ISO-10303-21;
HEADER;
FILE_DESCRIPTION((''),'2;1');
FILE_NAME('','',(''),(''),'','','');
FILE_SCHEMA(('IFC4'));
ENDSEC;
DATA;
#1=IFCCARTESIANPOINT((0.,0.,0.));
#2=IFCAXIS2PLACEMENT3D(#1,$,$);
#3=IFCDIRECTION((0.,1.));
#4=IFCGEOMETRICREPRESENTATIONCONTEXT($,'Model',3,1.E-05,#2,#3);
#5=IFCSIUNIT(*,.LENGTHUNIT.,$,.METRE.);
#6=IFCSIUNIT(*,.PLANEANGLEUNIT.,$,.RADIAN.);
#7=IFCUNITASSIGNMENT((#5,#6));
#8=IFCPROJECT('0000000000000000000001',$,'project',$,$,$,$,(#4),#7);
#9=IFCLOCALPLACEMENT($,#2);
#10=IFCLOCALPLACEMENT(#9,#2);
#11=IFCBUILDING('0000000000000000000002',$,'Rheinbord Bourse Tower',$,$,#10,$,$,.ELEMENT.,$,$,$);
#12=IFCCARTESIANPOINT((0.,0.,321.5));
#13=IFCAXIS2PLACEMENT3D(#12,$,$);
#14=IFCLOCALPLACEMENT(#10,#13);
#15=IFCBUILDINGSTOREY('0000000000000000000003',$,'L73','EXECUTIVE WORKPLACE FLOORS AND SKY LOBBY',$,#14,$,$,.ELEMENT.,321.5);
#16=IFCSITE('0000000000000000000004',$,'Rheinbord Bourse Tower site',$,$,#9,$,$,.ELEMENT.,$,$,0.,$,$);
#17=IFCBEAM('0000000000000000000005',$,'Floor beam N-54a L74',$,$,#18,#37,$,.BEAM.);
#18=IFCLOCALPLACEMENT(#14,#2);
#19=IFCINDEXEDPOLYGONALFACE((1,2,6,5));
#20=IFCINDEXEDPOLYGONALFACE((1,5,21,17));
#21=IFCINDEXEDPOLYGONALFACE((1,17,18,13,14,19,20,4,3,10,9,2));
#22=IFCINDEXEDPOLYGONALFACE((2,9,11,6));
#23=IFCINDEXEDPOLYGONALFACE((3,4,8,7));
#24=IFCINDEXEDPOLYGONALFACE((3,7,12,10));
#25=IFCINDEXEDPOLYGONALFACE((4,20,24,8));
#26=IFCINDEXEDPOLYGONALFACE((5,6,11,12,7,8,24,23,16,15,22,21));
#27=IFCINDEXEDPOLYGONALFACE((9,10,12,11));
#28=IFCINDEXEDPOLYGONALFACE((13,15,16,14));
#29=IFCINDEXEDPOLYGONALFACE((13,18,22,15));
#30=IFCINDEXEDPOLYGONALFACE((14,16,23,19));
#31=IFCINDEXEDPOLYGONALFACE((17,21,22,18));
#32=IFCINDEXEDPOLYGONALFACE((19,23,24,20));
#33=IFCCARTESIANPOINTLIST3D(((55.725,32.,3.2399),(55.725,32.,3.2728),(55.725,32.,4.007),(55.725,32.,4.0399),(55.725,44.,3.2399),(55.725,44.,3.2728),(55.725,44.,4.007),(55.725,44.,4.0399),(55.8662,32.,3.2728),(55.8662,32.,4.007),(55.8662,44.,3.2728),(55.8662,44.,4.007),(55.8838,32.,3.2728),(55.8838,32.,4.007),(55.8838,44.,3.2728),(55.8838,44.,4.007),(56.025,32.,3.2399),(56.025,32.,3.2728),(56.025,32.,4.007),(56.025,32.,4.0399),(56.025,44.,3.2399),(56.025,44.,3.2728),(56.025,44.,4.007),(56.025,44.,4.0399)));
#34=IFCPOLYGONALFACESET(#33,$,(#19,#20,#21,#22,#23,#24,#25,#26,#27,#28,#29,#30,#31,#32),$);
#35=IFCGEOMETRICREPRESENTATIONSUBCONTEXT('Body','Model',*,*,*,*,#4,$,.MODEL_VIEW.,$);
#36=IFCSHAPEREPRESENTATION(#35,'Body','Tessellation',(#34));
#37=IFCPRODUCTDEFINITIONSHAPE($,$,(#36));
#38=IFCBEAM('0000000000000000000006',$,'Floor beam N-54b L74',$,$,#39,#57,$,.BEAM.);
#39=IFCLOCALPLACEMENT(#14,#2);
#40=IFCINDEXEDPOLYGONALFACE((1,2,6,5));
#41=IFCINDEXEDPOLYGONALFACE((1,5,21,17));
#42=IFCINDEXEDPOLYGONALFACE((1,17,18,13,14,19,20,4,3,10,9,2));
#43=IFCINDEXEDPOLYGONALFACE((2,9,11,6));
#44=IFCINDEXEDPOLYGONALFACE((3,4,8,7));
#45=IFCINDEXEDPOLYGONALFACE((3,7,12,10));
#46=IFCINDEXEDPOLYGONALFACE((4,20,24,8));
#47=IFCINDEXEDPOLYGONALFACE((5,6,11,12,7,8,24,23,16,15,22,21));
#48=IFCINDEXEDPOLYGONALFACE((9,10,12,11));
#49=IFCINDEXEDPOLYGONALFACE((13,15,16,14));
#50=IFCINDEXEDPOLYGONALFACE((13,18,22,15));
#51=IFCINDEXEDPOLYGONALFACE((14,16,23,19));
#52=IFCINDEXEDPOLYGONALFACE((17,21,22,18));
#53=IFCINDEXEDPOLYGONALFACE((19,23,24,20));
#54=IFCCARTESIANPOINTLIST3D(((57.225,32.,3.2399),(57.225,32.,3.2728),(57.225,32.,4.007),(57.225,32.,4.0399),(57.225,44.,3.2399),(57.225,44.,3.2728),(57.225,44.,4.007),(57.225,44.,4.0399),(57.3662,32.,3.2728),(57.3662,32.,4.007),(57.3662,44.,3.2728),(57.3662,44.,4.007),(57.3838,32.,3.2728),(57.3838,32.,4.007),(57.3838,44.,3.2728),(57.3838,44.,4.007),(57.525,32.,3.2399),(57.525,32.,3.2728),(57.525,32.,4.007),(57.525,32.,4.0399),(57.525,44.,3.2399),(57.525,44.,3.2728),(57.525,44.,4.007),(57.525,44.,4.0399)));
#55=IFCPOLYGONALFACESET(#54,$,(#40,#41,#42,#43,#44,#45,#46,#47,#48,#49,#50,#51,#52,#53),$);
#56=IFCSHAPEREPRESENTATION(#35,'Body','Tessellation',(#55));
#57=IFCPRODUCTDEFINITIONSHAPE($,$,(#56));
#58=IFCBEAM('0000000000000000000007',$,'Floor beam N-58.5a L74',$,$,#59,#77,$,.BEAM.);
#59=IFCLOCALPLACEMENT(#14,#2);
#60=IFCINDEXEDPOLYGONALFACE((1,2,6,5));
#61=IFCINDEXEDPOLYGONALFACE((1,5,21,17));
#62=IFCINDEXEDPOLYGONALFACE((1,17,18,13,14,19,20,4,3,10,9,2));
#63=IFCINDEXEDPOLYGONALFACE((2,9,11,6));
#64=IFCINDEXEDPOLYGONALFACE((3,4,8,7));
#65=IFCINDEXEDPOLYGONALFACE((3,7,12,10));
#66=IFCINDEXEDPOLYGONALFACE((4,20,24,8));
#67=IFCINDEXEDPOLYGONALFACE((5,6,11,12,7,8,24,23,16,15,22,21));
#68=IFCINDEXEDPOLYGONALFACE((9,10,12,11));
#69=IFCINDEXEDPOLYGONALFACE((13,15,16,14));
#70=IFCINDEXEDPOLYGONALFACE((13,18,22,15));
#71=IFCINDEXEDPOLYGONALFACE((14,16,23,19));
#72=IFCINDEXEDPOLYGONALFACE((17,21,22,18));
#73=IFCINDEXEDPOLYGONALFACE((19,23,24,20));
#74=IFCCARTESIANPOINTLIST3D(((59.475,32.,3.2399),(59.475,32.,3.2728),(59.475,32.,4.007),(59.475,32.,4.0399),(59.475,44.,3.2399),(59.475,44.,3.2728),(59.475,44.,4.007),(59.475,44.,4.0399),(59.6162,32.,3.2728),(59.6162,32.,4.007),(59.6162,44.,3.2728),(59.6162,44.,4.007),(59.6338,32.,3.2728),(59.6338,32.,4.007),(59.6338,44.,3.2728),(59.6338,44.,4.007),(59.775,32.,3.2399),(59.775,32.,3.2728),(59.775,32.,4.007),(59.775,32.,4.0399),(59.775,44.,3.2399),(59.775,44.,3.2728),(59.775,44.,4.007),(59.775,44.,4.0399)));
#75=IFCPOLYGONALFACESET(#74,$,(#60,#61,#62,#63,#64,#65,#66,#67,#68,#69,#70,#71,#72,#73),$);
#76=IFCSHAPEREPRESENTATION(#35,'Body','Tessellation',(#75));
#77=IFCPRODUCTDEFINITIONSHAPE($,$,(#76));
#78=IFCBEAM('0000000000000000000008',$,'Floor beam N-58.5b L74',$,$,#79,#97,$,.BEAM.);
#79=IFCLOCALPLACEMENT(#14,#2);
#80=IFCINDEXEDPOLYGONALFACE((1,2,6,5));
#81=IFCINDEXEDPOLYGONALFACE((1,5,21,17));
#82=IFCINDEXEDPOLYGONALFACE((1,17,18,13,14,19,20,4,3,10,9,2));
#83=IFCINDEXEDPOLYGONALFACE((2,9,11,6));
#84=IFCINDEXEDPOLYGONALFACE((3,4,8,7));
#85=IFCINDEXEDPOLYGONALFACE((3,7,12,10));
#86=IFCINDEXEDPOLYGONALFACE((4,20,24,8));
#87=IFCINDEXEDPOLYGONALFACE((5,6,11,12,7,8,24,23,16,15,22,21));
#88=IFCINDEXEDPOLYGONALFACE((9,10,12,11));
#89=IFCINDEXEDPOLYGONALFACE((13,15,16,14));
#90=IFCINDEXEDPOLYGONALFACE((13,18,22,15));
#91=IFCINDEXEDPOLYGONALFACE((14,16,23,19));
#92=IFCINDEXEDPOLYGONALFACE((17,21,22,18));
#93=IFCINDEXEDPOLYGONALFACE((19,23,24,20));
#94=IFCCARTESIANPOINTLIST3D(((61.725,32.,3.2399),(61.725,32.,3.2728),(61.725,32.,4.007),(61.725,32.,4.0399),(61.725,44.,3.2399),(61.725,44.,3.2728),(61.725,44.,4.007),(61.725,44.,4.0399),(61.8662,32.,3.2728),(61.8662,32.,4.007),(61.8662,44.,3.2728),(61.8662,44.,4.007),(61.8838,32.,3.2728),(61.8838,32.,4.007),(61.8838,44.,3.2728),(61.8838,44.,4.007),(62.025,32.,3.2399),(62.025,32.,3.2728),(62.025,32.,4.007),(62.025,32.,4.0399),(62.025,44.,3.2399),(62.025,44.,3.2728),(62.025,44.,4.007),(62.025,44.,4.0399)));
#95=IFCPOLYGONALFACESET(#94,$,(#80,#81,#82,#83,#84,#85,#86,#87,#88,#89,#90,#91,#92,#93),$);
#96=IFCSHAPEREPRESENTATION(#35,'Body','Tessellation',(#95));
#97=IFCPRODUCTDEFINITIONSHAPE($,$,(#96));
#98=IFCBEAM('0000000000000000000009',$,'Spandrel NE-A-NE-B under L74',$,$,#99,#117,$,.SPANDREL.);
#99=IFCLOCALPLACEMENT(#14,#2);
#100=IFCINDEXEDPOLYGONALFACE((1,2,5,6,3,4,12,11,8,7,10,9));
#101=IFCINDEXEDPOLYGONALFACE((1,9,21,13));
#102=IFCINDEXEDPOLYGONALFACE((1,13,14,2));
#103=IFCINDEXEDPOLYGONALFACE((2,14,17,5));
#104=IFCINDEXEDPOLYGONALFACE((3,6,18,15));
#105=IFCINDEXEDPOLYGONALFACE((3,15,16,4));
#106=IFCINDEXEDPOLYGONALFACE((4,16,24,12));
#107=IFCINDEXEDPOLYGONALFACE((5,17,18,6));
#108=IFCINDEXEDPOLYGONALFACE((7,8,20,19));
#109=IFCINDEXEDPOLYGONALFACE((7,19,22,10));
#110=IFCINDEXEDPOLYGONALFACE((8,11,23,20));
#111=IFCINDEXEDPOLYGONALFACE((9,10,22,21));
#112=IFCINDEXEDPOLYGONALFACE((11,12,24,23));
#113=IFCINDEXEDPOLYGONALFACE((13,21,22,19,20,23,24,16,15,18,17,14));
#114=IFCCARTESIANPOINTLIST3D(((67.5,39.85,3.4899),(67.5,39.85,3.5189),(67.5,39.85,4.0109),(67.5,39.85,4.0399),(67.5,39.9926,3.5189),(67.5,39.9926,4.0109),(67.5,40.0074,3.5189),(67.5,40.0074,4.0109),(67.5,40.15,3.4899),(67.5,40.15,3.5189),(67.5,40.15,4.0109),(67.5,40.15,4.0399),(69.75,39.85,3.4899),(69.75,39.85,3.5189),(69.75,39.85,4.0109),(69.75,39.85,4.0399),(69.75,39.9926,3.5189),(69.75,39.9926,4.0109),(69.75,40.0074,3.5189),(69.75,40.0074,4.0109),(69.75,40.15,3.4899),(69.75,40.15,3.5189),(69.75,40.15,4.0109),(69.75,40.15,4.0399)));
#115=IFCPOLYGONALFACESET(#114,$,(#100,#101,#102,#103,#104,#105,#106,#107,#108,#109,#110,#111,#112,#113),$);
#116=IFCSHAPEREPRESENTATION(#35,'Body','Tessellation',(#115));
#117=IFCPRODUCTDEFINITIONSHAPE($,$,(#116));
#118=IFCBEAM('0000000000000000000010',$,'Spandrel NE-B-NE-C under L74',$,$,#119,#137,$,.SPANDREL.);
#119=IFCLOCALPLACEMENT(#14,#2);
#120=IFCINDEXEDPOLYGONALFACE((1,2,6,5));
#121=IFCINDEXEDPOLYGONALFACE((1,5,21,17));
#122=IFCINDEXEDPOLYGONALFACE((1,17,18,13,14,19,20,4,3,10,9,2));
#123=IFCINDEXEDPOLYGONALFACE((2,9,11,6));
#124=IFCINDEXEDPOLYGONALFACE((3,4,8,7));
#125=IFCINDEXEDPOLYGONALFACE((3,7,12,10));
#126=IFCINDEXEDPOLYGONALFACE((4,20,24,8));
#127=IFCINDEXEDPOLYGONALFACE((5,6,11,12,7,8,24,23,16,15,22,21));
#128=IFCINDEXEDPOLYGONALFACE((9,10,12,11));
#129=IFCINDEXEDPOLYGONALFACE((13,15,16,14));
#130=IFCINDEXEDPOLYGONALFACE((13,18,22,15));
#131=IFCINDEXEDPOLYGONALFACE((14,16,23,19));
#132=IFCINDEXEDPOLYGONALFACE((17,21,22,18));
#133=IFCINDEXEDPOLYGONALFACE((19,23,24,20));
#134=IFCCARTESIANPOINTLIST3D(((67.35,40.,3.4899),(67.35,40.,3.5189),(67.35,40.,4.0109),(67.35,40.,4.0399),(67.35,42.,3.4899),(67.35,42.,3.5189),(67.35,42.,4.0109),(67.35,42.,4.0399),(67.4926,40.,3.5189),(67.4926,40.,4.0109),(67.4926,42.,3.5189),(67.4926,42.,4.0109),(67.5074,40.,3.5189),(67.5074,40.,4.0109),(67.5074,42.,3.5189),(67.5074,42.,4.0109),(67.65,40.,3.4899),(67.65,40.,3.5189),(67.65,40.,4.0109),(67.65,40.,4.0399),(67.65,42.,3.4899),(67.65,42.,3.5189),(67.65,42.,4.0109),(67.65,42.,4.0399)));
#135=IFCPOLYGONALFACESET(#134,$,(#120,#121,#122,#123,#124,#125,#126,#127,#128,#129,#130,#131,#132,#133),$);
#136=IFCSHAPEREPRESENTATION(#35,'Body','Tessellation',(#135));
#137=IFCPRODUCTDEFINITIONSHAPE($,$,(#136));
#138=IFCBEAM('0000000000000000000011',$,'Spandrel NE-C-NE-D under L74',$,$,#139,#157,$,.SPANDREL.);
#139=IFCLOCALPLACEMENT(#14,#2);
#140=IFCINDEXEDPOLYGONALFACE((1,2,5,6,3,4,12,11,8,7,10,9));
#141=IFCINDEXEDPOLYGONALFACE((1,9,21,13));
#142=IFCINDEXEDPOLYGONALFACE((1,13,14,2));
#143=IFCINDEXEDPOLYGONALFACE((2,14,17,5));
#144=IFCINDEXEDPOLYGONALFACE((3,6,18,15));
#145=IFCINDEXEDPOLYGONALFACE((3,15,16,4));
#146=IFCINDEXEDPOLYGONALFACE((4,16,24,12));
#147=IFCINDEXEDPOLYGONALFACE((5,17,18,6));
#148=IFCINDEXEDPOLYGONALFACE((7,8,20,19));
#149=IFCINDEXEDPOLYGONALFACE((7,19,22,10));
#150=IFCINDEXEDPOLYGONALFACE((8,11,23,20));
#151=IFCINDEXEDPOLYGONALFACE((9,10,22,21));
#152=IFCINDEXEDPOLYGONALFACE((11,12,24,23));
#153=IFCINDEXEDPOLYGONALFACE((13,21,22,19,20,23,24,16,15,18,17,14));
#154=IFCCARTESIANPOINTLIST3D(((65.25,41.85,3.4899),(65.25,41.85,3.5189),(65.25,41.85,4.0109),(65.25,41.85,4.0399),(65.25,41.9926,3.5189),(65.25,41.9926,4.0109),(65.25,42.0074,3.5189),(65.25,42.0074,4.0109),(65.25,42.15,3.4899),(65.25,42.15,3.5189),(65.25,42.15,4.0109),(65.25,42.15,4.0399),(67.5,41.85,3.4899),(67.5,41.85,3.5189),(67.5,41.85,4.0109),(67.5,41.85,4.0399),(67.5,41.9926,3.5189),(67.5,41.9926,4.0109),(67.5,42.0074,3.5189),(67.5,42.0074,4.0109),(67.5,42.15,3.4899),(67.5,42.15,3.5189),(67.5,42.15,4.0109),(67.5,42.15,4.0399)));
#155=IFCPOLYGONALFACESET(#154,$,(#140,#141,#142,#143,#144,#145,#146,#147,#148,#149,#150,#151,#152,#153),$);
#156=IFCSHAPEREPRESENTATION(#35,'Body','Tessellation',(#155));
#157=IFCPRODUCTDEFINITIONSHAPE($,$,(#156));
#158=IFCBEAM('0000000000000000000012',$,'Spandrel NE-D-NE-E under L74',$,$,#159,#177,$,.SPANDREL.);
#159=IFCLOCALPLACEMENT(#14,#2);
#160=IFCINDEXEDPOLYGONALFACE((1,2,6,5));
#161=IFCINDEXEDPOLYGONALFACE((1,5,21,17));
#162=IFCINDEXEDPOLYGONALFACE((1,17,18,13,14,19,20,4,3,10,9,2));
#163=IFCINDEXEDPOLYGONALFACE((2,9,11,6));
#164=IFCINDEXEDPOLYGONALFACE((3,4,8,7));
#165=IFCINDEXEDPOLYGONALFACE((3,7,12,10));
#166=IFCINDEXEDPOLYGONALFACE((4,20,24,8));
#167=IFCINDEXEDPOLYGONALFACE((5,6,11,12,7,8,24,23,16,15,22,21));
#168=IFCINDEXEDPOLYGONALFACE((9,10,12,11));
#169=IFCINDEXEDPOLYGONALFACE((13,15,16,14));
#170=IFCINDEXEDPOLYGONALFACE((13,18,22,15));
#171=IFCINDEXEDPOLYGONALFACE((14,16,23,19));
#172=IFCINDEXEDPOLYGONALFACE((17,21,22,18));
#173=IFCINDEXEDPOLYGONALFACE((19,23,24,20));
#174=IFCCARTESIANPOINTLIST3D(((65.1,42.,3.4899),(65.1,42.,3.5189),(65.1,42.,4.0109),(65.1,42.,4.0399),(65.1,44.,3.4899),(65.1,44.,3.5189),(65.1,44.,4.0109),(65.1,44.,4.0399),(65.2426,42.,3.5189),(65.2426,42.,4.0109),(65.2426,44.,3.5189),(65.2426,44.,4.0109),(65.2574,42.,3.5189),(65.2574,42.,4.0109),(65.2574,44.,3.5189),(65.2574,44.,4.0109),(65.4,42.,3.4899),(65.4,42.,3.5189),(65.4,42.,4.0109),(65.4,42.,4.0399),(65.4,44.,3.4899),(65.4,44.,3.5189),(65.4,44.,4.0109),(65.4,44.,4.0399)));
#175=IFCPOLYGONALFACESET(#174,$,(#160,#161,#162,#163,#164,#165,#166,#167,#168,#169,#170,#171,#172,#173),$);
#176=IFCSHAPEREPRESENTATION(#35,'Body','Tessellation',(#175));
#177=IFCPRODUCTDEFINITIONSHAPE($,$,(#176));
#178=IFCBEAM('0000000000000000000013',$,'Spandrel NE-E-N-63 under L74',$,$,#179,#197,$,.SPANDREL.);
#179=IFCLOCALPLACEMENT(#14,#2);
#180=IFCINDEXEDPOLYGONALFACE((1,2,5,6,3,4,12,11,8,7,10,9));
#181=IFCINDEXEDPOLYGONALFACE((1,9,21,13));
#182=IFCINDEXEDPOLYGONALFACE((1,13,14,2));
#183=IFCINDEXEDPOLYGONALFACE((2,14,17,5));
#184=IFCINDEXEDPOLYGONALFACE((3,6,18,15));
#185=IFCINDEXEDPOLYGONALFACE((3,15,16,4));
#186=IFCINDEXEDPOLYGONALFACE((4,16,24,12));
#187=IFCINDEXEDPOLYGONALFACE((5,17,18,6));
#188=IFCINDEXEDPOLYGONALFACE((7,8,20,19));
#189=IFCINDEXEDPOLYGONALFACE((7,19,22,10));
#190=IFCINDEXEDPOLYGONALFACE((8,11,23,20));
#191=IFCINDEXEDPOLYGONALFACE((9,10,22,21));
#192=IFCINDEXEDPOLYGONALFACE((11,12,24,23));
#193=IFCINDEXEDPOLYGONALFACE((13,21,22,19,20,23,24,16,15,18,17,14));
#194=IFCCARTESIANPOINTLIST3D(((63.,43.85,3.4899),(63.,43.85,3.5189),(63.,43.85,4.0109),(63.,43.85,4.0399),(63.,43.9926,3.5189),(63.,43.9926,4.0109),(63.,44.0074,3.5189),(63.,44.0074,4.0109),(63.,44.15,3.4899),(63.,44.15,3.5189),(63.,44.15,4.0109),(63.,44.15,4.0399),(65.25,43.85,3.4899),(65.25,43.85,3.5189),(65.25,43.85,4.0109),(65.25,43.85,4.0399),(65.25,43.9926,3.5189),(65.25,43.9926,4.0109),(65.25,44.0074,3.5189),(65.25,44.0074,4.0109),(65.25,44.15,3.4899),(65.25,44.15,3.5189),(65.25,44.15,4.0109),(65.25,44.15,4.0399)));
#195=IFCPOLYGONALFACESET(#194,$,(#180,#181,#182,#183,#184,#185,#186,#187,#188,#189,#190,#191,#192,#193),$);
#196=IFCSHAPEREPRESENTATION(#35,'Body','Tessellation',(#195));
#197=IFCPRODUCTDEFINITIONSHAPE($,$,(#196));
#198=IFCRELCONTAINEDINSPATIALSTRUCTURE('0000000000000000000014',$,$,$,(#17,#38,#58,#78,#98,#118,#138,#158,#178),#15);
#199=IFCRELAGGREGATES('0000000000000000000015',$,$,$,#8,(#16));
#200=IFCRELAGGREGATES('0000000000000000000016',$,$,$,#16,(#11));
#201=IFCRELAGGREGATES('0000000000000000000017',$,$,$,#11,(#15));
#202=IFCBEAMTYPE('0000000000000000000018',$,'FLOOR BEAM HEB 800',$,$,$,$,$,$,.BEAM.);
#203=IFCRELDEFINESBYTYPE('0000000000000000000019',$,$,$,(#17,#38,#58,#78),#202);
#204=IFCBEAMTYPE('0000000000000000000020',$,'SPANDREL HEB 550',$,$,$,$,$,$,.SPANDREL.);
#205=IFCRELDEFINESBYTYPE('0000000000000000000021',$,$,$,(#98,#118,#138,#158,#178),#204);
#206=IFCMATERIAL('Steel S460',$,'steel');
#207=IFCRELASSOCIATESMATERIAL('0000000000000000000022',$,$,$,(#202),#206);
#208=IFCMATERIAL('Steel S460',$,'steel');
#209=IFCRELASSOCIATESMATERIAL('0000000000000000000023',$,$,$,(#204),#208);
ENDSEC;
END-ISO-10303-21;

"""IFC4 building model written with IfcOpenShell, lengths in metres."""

from ifc_helpers import new_model, si_unit, direction, frame, origin, origin_2d, place, context, subcontext, project, spatial, i_section, extrude, material, material_profile, profile_set, type_object, element, save


model = new_model("IFC4")

# Units and contexts
model_context = context("Model", 3, precision=1e-05, world=origin(), true_north=direction((0.0, 1.0)))
body_context = subcontext(model_context, "Body", "Model", "MODEL_VIEW")
ifc_project = project(units=[si_unit("LENGTHUNIT", "METRE"), si_unit("PLANEANGLEUNIT", "RADIAN")], contexts=[model_context])

# Site, building, storey
site_placement = place(None, origin())
site = spatial("IfcSite", under=ifc_project, at=site_placement, Name="Rheinbord Bourse Tower site", CompositionType="ELEMENT", RefElevation=0.0)
building_placement = place(site_placement, origin())
building = spatial("IfcBuilding", under=site, at=building_placement, Name="Rheinbord Bourse Tower", CompositionType="ELEMENT")
storey_placement = place(building_placement, frame((0.0, 0.0, 321.5)))
storey = spatial("IfcBuildingStorey", under=building, at=storey_placement, Name="L73", Description="EXECUTIVE WORKPLACE FLOORS AND SKY LOBBY", CompositionType="ELEMENT", Elevation=321.5)

# Beams
ifc_material_1 = material(Name="Steel S460", Category="steel")
ifc_material_profile_1 = material_profile(ifc_material_1, i_section(OverallWidth=0.3, OverallDepth=0.8, WebThickness=0.0176, FlangeThickness=0.033, at=origin_2d()), Name="HEB 800")
ifc_profile_set_1 = profile_set([ifc_material_profile_1], Name="Steel S460")
beam_type_1 = type_object("IfcBeamType", Name="FLOOR BEAM HEB 800", PredefinedType="BEAM", material=ifc_profile_set_1)
for number, where, z_axis, x_axis, name in (
    (1, (55.875, 44.0, 3.6399), (0.0, -1.0, 0.0), (1.0, 0.0, 0.0), "Floor beam N-54a L74"),
    (2, (57.375, 44.0, 3.6399), (0.0, -1.0, 0.0), (1.0, 0.0, 0.0), "Floor beam N-54b L74"),
    (3, (59.625, 44.0, 3.6399), (0.0, -1.0, 0.0), (1.0, 0.0, 0.0), "Floor beam N-58.5a L74"),
    (4, (61.875, 44.0, 3.6399), (0.0, -1.0, 0.0), (1.0, 0.0, 0.0), "Floor beam N-58.5b L74"),
):
    element("IfcBeam", number, at=place(storey_placement, frame(where, z_axis=z_axis, x_axis=x_axis)), inside=storey, type_object=beam_type_1, Name=name, PredefinedType="BEAM", context=body_context, shape_type="SweptSolid", body=[
        extrude(i_section(OverallWidth=0.3, OverallDepth=0.8, WebThickness=0.0176, FlangeThickness=0.033, at=origin_2d()), origin(), (0.0, 0.0, 1.0), 12.0),
    ])
ifc_material_2 = material(Name="Steel S460", Category="steel")
ifc_material_profile_2 = material_profile(ifc_material_2, i_section(OverallWidth=0.3, OverallDepth=0.55, WebThickness=0.0149, FlangeThickness=0.0291, at=origin_2d()), Name="HEB 550")
ifc_profile_set_2 = profile_set([ifc_material_profile_2], Name="Steel S460")
beam_type_2 = type_object("IfcBeamType", Name="SPANDREL HEB 550", PredefinedType="SPANDREL", material=ifc_profile_set_2)
beam_1_placement = place(storey_placement, frame((69.75, 40.0, 3.7649), z_axis=(-1.0, 0.0, 0.0), x_axis=(0.0, -1.0, 0.0)))
element("IfcBeam", 5, at=beam_1_placement, inside=storey, type_object=beam_type_2, Name="Spandrel NE-A-NE-B under L74", PredefinedType="SPANDREL", context=body_context, shape_type="SweptSolid", body=[
    extrude(i_section(OverallWidth=0.3, OverallDepth=0.55, WebThickness=0.0149, FlangeThickness=0.0291, at=origin_2d()), origin(), (0.0, 0.0, 1.0), 2.25),
])
beam_2_placement = place(storey_placement, frame((67.5, 40.0, 3.7649), z_axis=(0.0, 1.0, 0.0), x_axis=(-1.0, 0.0, 0.0)))
element("IfcBeam", 6, at=beam_2_placement, inside=storey, type_object=beam_type_2, Name="Spandrel NE-B-NE-C under L74", PredefinedType="SPANDREL", context=body_context, shape_type="SweptSolid", body=[
    extrude(i_section(OverallWidth=0.3, OverallDepth=0.55, WebThickness=0.0149, FlangeThickness=0.0291, at=origin_2d()), origin(), (0.0, 0.0, 1.0), 2.0),
])
beam_3_placement = place(storey_placement, frame((67.5, 42.0, 3.7649), z_axis=(-1.0, 0.0, 0.0), x_axis=(0.0, -1.0, 0.0)))
element("IfcBeam", 7, at=beam_3_placement, inside=storey, type_object=beam_type_2, Name="Spandrel NE-C-NE-D under L74", PredefinedType="SPANDREL", context=body_context, shape_type="SweptSolid", body=[
    extrude(i_section(OverallWidth=0.3, OverallDepth=0.55, WebThickness=0.0149, FlangeThickness=0.0291, at=origin_2d()), origin(), (0.0, 0.0, 1.0), 2.25),
])
beam_4_placement = place(storey_placement, frame((65.25, 42.0, 3.7649), z_axis=(0.0, 1.0, 0.0), x_axis=(-1.0, 0.0, 0.0)))
element("IfcBeam", 8, at=beam_4_placement, inside=storey, type_object=beam_type_2, Name="Spandrel NE-D-NE-E under L74", PredefinedType="SPANDREL", context=body_context, shape_type="SweptSolid", body=[
    extrude(i_section(OverallWidth=0.3, OverallDepth=0.55, WebThickness=0.0149, FlangeThickness=0.0291, at=origin_2d()), origin(), (0.0, 0.0, 1.0), 2.0),
])
beam_5_placement = place(storey_placement, frame((65.25, 44.0, 3.7649), z_axis=(-1.0, 0.0, 0.0), x_axis=(0.0, -1.0, 0.0)))
element("IfcBeam", 9, at=beam_5_placement, inside=storey, type_object=beam_type_2, Name="Spandrel NE-E-N-63 under L74", PredefinedType="SPANDREL", context=body_context, shape_type="SweptSolid", body=[
    extrude(i_section(OverallWidth=0.3, OverallDepth=0.55, WebThickness=0.0149, FlangeThickness=0.0291, at=origin_2d()), origin(), (0.0, 0.0, 1.0), 2.25),
])

save(model, "model.ifc")
